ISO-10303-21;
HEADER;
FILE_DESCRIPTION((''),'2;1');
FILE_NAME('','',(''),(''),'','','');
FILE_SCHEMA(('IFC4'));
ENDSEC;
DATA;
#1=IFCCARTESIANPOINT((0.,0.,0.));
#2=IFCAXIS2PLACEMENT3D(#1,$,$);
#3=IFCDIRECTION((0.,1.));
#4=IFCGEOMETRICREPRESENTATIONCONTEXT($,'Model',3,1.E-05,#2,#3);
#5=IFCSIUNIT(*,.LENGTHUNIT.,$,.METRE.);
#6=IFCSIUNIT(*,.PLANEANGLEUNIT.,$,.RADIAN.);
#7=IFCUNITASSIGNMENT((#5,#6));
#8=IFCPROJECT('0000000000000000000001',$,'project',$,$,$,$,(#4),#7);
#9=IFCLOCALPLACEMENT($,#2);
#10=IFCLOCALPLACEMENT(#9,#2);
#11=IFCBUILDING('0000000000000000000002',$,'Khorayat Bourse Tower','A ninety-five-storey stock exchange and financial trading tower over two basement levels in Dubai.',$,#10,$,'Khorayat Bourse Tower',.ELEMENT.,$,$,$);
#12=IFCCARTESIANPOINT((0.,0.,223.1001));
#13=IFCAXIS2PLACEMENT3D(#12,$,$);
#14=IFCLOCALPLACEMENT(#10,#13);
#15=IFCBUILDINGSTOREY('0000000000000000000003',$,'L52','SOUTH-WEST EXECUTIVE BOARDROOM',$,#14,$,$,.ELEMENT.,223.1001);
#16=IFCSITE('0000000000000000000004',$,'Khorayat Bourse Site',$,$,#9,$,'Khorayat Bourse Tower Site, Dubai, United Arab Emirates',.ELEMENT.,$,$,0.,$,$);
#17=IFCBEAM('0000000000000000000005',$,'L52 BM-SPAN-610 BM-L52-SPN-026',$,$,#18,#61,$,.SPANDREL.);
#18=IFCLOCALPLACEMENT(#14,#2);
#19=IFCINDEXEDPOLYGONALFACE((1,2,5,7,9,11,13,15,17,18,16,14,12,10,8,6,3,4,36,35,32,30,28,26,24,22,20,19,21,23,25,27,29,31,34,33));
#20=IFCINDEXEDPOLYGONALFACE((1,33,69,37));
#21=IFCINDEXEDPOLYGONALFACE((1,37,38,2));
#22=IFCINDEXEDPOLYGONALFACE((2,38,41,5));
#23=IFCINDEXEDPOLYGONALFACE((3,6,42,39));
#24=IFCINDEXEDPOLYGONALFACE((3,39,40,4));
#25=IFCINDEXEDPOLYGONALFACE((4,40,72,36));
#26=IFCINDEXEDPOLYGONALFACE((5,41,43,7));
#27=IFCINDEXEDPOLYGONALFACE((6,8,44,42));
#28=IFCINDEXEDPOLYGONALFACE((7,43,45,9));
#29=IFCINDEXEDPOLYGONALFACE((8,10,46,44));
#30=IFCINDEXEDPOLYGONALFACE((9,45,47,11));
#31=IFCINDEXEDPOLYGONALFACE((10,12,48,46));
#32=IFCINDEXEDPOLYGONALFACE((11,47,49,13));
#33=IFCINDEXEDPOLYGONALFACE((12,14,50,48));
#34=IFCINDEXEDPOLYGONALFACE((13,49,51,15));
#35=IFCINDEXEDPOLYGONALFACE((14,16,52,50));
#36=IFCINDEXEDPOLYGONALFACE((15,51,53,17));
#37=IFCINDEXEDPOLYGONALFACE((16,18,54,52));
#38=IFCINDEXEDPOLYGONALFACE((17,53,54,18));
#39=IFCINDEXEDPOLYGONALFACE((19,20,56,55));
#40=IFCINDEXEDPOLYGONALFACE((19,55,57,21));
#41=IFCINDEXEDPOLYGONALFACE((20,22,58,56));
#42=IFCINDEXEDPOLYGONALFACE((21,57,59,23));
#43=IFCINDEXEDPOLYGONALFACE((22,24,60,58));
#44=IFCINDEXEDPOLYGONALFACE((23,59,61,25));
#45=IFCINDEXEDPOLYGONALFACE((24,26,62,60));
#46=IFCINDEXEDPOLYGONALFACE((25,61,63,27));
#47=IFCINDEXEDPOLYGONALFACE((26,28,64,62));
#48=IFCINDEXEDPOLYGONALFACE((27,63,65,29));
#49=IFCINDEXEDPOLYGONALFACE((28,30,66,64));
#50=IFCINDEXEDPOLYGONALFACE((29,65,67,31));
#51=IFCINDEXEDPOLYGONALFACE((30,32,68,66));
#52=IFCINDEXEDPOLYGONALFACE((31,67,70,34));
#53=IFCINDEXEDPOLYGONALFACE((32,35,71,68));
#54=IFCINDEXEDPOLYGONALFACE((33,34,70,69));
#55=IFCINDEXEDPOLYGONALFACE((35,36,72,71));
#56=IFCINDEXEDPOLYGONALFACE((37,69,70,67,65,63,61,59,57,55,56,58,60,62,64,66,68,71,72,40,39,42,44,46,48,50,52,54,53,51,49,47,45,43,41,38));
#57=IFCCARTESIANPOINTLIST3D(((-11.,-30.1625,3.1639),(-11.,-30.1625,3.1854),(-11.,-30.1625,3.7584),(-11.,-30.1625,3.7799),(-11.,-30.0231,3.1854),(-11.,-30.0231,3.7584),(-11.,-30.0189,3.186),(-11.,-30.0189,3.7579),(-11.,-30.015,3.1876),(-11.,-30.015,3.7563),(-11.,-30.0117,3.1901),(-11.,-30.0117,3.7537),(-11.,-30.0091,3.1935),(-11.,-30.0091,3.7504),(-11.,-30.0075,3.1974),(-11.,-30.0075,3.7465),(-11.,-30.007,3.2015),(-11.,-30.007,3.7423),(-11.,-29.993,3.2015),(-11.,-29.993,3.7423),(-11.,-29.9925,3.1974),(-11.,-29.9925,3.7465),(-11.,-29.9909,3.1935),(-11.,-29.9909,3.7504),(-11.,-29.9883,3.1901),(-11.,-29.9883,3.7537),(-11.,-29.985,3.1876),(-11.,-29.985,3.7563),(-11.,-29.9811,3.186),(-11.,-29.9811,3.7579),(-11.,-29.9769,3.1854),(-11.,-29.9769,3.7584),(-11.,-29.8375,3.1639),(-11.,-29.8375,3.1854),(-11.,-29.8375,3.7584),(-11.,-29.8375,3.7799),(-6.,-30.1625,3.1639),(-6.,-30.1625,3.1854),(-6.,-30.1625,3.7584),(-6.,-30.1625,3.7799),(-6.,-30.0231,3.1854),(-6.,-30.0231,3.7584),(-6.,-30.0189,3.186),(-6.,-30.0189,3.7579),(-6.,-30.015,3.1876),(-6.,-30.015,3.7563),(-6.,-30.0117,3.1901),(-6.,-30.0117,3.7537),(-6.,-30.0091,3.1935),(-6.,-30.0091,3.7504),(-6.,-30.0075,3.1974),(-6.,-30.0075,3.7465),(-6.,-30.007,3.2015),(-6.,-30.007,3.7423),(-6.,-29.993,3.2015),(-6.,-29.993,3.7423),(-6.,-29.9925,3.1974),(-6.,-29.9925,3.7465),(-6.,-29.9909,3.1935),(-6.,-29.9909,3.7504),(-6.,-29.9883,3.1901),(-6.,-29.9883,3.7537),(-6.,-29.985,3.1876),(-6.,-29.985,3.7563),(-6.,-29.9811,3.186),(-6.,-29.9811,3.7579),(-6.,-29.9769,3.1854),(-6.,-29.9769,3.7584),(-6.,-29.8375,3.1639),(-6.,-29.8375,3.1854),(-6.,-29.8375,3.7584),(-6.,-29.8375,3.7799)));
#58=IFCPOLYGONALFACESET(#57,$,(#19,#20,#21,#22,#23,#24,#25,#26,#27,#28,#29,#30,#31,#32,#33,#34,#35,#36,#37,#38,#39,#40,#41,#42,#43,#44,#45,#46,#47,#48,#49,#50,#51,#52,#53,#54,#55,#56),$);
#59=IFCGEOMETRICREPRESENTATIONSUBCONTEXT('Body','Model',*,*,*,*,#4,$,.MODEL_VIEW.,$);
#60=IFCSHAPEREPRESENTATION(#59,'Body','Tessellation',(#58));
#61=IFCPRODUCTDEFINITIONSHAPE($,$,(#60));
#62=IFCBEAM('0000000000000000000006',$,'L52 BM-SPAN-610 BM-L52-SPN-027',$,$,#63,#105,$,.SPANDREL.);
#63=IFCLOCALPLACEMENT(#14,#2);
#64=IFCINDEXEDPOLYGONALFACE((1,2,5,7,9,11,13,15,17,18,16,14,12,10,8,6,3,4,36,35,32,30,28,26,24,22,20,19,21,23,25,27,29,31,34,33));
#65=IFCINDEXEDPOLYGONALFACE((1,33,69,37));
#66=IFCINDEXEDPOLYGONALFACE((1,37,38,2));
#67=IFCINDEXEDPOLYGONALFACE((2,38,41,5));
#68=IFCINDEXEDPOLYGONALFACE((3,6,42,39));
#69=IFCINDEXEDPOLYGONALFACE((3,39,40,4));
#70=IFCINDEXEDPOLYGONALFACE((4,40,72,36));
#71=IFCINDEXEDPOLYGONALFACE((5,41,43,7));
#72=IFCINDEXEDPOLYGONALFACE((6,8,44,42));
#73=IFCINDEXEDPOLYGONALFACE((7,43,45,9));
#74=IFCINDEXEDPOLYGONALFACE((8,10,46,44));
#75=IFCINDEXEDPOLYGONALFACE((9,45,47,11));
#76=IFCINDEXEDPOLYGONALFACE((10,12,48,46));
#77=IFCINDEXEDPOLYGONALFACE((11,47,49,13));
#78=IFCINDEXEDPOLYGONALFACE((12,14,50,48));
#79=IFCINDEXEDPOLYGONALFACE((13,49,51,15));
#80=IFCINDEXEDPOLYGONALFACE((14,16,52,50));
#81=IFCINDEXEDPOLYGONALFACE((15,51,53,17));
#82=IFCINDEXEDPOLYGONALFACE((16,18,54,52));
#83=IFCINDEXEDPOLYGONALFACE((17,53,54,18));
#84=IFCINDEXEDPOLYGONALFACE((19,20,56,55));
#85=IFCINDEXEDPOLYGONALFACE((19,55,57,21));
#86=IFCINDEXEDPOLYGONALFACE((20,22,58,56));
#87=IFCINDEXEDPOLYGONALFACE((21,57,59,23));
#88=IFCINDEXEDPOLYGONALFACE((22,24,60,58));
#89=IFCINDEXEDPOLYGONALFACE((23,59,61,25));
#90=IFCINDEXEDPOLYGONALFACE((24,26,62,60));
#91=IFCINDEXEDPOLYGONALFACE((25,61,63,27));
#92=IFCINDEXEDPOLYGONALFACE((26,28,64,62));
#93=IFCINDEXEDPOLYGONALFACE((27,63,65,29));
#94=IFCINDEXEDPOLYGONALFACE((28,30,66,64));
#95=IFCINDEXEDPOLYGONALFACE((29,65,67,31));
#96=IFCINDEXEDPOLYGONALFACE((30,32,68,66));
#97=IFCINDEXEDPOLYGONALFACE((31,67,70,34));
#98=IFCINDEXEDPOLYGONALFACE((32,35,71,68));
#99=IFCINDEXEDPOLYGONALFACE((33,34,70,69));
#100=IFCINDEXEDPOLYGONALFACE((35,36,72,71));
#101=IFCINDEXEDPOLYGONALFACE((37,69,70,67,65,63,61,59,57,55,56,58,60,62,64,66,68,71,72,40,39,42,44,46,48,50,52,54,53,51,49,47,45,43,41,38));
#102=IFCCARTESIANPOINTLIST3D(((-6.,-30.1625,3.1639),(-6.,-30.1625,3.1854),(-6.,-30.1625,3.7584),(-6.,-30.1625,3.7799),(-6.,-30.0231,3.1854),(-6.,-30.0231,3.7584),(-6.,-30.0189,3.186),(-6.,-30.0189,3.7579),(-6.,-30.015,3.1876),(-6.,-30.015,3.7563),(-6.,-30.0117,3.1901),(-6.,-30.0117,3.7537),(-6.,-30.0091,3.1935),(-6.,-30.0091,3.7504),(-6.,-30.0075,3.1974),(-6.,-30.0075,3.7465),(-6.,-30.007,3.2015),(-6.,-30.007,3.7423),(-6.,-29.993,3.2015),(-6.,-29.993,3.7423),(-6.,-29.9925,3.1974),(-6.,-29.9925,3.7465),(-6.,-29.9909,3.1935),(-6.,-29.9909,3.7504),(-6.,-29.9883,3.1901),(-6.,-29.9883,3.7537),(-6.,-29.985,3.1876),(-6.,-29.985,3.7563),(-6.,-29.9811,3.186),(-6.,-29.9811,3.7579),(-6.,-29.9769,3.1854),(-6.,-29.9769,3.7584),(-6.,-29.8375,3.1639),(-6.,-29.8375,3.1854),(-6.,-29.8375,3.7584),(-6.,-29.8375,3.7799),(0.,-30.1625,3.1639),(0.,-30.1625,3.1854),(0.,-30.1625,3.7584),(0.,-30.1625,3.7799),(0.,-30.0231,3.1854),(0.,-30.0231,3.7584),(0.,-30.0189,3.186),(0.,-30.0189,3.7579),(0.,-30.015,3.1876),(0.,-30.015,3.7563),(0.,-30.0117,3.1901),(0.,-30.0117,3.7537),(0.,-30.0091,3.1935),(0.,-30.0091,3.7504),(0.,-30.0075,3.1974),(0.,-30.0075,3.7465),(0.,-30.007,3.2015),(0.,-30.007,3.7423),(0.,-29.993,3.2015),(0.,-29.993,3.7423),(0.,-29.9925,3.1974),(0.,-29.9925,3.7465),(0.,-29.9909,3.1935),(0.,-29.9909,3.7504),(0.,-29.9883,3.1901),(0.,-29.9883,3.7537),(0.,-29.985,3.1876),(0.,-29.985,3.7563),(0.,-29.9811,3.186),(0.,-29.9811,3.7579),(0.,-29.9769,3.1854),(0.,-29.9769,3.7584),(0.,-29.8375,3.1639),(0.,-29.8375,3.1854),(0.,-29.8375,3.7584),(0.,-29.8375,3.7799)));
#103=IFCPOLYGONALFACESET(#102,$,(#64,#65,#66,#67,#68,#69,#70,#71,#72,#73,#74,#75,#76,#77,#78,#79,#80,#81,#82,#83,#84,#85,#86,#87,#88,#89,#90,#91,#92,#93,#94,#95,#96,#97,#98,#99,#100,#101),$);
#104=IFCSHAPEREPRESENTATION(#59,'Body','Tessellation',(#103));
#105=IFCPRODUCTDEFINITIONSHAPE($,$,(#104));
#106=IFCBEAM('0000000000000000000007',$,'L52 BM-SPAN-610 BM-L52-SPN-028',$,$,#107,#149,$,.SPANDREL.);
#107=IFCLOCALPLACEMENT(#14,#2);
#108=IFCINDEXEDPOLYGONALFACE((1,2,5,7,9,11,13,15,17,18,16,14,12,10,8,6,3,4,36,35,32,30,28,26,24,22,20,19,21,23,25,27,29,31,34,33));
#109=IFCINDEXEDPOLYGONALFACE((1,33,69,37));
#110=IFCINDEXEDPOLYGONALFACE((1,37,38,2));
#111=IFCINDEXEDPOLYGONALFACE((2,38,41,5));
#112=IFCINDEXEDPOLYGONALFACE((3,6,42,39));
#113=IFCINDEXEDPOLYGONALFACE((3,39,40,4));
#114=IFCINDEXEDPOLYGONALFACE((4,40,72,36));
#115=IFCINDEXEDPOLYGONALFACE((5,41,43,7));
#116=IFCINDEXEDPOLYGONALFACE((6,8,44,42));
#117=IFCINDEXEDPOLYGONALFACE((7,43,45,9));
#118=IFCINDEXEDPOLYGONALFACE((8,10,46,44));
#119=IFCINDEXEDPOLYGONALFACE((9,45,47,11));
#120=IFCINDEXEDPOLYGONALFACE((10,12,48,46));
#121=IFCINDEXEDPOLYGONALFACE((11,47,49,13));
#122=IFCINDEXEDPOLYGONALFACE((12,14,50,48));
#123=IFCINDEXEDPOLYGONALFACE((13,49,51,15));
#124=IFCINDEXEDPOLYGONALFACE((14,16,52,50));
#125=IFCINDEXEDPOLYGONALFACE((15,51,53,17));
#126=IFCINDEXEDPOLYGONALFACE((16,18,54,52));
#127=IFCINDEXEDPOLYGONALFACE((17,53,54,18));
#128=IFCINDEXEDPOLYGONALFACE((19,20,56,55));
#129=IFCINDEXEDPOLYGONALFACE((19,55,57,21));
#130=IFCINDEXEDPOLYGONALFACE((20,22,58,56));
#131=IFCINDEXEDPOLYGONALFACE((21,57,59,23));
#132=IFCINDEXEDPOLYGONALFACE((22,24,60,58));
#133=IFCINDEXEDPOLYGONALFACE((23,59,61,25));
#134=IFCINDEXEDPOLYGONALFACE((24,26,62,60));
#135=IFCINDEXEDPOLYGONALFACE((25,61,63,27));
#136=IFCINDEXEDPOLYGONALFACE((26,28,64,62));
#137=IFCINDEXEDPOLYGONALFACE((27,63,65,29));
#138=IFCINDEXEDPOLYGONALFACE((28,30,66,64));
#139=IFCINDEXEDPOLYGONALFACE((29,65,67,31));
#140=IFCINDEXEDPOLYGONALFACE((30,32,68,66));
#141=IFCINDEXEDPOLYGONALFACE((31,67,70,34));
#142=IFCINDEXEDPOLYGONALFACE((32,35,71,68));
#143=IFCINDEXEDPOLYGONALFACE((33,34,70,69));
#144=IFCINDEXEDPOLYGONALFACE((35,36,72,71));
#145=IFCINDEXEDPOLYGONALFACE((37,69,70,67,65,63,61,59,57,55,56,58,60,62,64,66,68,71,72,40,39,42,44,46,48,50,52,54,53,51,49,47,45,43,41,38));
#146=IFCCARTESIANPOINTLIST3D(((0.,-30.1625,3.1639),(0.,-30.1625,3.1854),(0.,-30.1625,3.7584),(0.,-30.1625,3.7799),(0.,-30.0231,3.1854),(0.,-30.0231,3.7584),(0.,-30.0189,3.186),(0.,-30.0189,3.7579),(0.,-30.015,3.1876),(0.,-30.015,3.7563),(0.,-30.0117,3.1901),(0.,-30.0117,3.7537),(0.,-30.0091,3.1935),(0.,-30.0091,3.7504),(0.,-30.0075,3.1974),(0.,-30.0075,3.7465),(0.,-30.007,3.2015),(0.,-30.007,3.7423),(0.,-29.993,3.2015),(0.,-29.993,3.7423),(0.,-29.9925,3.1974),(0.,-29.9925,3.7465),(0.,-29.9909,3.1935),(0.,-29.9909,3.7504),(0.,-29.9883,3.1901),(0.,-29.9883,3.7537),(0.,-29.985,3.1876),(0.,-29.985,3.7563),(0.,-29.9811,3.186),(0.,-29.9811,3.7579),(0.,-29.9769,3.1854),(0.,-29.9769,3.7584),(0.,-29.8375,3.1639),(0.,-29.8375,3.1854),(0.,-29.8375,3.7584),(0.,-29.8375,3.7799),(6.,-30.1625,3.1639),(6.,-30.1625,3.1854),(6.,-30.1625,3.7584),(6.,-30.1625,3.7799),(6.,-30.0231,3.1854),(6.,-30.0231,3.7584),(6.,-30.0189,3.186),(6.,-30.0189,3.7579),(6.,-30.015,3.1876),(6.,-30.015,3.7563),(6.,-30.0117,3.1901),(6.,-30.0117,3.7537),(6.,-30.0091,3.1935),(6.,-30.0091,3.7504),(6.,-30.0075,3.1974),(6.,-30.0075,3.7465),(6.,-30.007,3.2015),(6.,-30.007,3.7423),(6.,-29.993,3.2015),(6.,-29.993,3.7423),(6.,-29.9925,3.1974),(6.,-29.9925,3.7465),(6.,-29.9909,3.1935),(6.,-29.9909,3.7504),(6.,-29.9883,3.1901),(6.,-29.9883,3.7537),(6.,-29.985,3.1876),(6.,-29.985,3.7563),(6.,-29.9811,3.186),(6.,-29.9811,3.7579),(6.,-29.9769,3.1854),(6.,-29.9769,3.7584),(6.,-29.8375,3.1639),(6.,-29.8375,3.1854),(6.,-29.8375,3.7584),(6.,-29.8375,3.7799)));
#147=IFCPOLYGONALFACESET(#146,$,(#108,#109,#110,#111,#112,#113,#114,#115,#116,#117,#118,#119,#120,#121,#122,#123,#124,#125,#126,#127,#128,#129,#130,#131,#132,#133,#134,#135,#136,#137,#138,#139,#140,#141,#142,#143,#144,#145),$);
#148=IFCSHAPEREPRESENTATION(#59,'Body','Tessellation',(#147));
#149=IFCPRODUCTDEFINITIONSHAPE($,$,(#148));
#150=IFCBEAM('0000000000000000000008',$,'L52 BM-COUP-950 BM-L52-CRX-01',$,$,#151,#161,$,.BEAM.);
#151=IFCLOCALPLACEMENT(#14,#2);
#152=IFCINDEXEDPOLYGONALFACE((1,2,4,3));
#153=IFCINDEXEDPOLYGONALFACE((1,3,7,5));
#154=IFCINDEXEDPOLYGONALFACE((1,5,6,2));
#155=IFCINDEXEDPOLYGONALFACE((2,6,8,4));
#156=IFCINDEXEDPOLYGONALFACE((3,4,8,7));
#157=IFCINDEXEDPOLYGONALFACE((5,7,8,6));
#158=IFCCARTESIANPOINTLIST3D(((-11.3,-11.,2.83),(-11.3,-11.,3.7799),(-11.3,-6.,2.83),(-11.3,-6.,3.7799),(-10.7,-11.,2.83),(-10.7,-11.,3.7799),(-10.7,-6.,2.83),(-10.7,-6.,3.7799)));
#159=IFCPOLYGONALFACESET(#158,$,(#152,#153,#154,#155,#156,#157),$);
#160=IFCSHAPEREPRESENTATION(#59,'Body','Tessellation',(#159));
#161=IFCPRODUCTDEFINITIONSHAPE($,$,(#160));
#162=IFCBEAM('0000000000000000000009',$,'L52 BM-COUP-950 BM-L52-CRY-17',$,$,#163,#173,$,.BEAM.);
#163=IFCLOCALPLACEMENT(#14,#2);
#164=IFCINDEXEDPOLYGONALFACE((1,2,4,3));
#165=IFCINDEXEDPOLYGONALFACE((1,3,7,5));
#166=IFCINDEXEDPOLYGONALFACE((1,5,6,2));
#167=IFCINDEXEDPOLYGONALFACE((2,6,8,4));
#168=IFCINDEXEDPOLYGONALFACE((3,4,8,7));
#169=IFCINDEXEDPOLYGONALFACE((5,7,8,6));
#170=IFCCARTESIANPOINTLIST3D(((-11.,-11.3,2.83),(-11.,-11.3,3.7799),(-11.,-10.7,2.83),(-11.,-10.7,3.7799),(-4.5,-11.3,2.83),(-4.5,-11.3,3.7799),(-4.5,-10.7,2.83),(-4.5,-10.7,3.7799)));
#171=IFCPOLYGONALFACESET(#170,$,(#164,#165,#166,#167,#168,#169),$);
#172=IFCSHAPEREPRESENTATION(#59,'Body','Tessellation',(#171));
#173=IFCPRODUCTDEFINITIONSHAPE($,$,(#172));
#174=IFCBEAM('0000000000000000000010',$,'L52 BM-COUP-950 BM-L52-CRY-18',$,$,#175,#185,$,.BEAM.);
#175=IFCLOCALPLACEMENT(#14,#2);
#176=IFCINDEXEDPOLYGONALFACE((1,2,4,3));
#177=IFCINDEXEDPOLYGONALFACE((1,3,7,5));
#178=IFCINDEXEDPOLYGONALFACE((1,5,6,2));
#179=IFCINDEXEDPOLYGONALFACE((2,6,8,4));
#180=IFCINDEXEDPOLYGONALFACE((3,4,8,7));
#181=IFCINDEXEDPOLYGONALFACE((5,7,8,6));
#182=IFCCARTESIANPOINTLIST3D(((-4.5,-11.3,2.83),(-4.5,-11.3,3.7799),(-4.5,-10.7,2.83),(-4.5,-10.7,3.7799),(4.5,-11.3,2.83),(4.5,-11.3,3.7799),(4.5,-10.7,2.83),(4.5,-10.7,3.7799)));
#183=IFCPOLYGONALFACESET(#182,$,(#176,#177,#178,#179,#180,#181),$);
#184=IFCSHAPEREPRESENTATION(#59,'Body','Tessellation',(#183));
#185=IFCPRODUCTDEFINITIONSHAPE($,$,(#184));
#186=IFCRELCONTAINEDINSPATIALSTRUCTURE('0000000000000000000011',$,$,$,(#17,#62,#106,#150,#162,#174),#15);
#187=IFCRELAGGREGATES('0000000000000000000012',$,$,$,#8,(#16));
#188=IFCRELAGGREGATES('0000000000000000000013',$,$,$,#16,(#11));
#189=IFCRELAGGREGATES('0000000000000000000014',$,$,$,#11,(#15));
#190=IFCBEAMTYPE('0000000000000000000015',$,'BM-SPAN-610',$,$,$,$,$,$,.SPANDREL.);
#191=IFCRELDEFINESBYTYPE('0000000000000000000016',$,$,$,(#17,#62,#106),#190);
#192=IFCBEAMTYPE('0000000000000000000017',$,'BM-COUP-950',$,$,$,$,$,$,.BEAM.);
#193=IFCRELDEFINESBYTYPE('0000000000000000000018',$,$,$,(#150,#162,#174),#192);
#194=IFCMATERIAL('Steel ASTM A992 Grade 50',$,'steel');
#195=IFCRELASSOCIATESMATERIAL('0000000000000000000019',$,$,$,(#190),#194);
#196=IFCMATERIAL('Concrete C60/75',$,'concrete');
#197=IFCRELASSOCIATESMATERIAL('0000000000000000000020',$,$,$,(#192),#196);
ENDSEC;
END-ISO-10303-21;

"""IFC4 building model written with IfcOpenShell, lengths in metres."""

from ifc_helpers import new_model, si_unit, direction, frame, origin, origin_2d, place, context, subcontext, project, spatial, rectangle, i_section, extrude, source, transform, mapped, material, material_profile, profile_set, type_object, element, save


model = new_model("IFC4")

# Units and contexts
model_context = context("Model", 3, precision=1e-05, world=origin(), true_north=direction((0.0, 1.0)))
body_context = subcontext(model_context, "Body", "Model", "MODEL_VIEW")
ifc_project = project(units=[si_unit("LENGTHUNIT", "METRE"), si_unit("PLANEANGLEUNIT", "RADIAN")], contexts=[model_context])

# Site, building, storey
site_placement = place(None, origin())
site = spatial("IfcSite", under=ifc_project, at=site_placement, Name="Khorayat Bourse Site", LongName="Khorayat Bourse Tower Site, Dubai, United Arab Emirates", CompositionType="ELEMENT", RefElevation=0.0)
building_placement = place(site_placement, origin())
building = spatial("IfcBuilding", under=site, at=building_placement, Name="Khorayat Bourse Tower", Description="A ninety-five-storey stock exchange and financial trading tower over two basement levels in Dubai.", LongName="Khorayat Bourse Tower", CompositionType="ELEMENT")
storey_placement = place(building_placement, frame((0.0, 0.0, 223.1001)))
storey = spatial("IfcBuildingStorey", under=building, at=storey_placement, Name="L52", Description="SOUTH-WEST EXECUTIVE BOARDROOM", CompositionType="ELEMENT", Elevation=223.1001)

# Shared definitions
ifc_material_1 = material(Name="Concrete C60/75", Category="concrete")

# Beams
ifc_material_2 = material(Name="Steel ASTM A992 Grade 50", Category="steel")
ifc_material_profile_1 = material_profile(ifc_material_2, i_section(OverallWidth=0.325, OverallDepth=0.616, WebThickness=0.0139, FlangeThickness=0.0215, FilletRadius=0.0161, at=origin_2d()), Name="W610X174")
ifc_profile_set_1 = profile_set([ifc_material_profile_1], Name="Steel ASTM A992 Grade 50")
beam_type_1 = type_object("IfcBeamType", Name="BM-SPAN-610", PredefinedType="SPANDREL", material=ifc_profile_set_1)
shared_shape_1 = source(origin(), body_context, "Body", "SweptSolid", [
    extrude(i_section(OverallWidth=0.325, OverallDepth=0.616, WebThickness=0.0139, FlangeThickness=0.0215, FilletRadius=0.0161, at=origin_2d()), origin(), (0.0, 0.0, 1.0), 5.0),
])
beam_1_placement = place(storey_placement, frame((-11.0, -30.0, 3.4719), z_axis=(1.0, 0.0, 0.0), x_axis=(0.0, 1.0, 0.0)))
element("IfcBeam", 1, at=beam_1_placement, inside=storey, type_object=beam_type_1, Name="L52 BM-SPAN-610 BM-L52-SPN-026", PredefinedType="SPANDREL", context=body_context, shape_type="MappedRepresentation", body=[
    mapped(shared_shape_1, transform((0.0, 0.0, 0.0), scale=1.0)),
])
shared_shape_2 = source(origin(), body_context, "Body", "SweptSolid", [
    extrude(i_section(OverallWidth=0.325, OverallDepth=0.616, WebThickness=0.0139, FlangeThickness=0.0215, FilletRadius=0.0161, at=origin_2d()), origin(), (0.0, 0.0, 1.0), 6.0),
])
for number, where, z_axis, x_axis, name in (
    (2, (-6.0, -30.0, 3.4719), (1.0, 0.0, 0.0), (0.0, 1.0, 0.0), "L52 BM-SPAN-610 BM-L52-SPN-027"),
    (3, (0.0, -30.0, 3.4719), (1.0, 0.0, 0.0), (0.0, 1.0, 0.0), "L52 BM-SPAN-610 BM-L52-SPN-028"),
):
    element("IfcBeam", number, at=place(storey_placement, frame(where, z_axis=z_axis, x_axis=x_axis)), inside=storey, type_object=beam_type_1, Name=name, PredefinedType="SPANDREL", context=body_context, shape_type="MappedRepresentation", body=[
        mapped(shared_shape_2, transform((0.0, 0.0, 0.0), scale=1.0)),
    ])
ifc_material_profile_2 = material_profile(ifc_material_1, rectangle(XDim=0.6001, YDim=0.95, at=origin_2d()), Name="RC 600x950")
ifc_profile_set_2 = profile_set([ifc_material_profile_2], Name="Concrete C60/75")
beam_type_2 = type_object("IfcBeamType", Name="BM-COUP-950", PredefinedType="BEAM", material=ifc_profile_set_2)
shared_shape_3 = source(origin(), body_context, "Body", "SweptSolid", [
    extrude(rectangle(XDim=0.6001, YDim=0.95, at=origin_2d()), origin(), (0.0, 0.0, 1.0), 5.0),
])
beam_2_placement = place(storey_placement, frame((-11.0, -11.0, 3.3049), z_axis=(0.0, 1.0, 0.0), x_axis=(-1.0, 0.0, 0.0)))
element("IfcBeam", 4, at=beam_2_placement, inside=storey, type_object=beam_type_2, Name="L52 BM-COUP-950 BM-L52-CRX-01", PredefinedType="BEAM", context=body_context, shape_type="MappedRepresentation", body=[
    mapped(shared_shape_3, transform((0.0, 0.0, 0.0), scale=1.0)),
])
shared_shape_4 = source(origin(), body_context, "Body", "SweptSolid", [
    extrude(rectangle(XDim=0.6001, YDim=0.95, at=origin_2d()), origin(), (0.0, 0.0, 1.0), 6.5),
])
beam_3_placement = place(storey_placement, frame((-11.0, -11.0, 3.3049), z_axis=(1.0, 0.0, 0.0), x_axis=(0.0, 1.0, 0.0)))
element("IfcBeam", 5, at=beam_3_placement, inside=storey, type_object=beam_type_2, Name="L52 BM-COUP-950 BM-L52-CRY-17", PredefinedType="BEAM", context=body_context, shape_type="MappedRepresentation", body=[
    mapped(shared_shape_4, transform((0.0, 0.0, 0.0), scale=1.0)),
])
shared_shape_5 = source(origin(), body_context, "Body", "SweptSolid", [
    extrude(rectangle(XDim=0.6001, YDim=0.95, at=origin_2d()), origin(), (0.0, 0.0, 1.0), 9.0),
])
beam_4_placement = place(storey_placement, frame((-4.5, -11.0, 3.3049), z_axis=(1.0, 0.0, 0.0), x_axis=(0.0, 1.0, 0.0)))
element("IfcBeam", 6, at=beam_4_placement, inside=storey, type_object=beam_type_2, Name="L52 BM-COUP-950 BM-L52-CRY-18", PredefinedType="BEAM", context=body_context, shape_type="MappedRepresentation", body=[
    mapped(shared_shape_5, transform((0.0, 0.0, 0.0), scale=1.0)),
])

save(model, "model.ifc")
